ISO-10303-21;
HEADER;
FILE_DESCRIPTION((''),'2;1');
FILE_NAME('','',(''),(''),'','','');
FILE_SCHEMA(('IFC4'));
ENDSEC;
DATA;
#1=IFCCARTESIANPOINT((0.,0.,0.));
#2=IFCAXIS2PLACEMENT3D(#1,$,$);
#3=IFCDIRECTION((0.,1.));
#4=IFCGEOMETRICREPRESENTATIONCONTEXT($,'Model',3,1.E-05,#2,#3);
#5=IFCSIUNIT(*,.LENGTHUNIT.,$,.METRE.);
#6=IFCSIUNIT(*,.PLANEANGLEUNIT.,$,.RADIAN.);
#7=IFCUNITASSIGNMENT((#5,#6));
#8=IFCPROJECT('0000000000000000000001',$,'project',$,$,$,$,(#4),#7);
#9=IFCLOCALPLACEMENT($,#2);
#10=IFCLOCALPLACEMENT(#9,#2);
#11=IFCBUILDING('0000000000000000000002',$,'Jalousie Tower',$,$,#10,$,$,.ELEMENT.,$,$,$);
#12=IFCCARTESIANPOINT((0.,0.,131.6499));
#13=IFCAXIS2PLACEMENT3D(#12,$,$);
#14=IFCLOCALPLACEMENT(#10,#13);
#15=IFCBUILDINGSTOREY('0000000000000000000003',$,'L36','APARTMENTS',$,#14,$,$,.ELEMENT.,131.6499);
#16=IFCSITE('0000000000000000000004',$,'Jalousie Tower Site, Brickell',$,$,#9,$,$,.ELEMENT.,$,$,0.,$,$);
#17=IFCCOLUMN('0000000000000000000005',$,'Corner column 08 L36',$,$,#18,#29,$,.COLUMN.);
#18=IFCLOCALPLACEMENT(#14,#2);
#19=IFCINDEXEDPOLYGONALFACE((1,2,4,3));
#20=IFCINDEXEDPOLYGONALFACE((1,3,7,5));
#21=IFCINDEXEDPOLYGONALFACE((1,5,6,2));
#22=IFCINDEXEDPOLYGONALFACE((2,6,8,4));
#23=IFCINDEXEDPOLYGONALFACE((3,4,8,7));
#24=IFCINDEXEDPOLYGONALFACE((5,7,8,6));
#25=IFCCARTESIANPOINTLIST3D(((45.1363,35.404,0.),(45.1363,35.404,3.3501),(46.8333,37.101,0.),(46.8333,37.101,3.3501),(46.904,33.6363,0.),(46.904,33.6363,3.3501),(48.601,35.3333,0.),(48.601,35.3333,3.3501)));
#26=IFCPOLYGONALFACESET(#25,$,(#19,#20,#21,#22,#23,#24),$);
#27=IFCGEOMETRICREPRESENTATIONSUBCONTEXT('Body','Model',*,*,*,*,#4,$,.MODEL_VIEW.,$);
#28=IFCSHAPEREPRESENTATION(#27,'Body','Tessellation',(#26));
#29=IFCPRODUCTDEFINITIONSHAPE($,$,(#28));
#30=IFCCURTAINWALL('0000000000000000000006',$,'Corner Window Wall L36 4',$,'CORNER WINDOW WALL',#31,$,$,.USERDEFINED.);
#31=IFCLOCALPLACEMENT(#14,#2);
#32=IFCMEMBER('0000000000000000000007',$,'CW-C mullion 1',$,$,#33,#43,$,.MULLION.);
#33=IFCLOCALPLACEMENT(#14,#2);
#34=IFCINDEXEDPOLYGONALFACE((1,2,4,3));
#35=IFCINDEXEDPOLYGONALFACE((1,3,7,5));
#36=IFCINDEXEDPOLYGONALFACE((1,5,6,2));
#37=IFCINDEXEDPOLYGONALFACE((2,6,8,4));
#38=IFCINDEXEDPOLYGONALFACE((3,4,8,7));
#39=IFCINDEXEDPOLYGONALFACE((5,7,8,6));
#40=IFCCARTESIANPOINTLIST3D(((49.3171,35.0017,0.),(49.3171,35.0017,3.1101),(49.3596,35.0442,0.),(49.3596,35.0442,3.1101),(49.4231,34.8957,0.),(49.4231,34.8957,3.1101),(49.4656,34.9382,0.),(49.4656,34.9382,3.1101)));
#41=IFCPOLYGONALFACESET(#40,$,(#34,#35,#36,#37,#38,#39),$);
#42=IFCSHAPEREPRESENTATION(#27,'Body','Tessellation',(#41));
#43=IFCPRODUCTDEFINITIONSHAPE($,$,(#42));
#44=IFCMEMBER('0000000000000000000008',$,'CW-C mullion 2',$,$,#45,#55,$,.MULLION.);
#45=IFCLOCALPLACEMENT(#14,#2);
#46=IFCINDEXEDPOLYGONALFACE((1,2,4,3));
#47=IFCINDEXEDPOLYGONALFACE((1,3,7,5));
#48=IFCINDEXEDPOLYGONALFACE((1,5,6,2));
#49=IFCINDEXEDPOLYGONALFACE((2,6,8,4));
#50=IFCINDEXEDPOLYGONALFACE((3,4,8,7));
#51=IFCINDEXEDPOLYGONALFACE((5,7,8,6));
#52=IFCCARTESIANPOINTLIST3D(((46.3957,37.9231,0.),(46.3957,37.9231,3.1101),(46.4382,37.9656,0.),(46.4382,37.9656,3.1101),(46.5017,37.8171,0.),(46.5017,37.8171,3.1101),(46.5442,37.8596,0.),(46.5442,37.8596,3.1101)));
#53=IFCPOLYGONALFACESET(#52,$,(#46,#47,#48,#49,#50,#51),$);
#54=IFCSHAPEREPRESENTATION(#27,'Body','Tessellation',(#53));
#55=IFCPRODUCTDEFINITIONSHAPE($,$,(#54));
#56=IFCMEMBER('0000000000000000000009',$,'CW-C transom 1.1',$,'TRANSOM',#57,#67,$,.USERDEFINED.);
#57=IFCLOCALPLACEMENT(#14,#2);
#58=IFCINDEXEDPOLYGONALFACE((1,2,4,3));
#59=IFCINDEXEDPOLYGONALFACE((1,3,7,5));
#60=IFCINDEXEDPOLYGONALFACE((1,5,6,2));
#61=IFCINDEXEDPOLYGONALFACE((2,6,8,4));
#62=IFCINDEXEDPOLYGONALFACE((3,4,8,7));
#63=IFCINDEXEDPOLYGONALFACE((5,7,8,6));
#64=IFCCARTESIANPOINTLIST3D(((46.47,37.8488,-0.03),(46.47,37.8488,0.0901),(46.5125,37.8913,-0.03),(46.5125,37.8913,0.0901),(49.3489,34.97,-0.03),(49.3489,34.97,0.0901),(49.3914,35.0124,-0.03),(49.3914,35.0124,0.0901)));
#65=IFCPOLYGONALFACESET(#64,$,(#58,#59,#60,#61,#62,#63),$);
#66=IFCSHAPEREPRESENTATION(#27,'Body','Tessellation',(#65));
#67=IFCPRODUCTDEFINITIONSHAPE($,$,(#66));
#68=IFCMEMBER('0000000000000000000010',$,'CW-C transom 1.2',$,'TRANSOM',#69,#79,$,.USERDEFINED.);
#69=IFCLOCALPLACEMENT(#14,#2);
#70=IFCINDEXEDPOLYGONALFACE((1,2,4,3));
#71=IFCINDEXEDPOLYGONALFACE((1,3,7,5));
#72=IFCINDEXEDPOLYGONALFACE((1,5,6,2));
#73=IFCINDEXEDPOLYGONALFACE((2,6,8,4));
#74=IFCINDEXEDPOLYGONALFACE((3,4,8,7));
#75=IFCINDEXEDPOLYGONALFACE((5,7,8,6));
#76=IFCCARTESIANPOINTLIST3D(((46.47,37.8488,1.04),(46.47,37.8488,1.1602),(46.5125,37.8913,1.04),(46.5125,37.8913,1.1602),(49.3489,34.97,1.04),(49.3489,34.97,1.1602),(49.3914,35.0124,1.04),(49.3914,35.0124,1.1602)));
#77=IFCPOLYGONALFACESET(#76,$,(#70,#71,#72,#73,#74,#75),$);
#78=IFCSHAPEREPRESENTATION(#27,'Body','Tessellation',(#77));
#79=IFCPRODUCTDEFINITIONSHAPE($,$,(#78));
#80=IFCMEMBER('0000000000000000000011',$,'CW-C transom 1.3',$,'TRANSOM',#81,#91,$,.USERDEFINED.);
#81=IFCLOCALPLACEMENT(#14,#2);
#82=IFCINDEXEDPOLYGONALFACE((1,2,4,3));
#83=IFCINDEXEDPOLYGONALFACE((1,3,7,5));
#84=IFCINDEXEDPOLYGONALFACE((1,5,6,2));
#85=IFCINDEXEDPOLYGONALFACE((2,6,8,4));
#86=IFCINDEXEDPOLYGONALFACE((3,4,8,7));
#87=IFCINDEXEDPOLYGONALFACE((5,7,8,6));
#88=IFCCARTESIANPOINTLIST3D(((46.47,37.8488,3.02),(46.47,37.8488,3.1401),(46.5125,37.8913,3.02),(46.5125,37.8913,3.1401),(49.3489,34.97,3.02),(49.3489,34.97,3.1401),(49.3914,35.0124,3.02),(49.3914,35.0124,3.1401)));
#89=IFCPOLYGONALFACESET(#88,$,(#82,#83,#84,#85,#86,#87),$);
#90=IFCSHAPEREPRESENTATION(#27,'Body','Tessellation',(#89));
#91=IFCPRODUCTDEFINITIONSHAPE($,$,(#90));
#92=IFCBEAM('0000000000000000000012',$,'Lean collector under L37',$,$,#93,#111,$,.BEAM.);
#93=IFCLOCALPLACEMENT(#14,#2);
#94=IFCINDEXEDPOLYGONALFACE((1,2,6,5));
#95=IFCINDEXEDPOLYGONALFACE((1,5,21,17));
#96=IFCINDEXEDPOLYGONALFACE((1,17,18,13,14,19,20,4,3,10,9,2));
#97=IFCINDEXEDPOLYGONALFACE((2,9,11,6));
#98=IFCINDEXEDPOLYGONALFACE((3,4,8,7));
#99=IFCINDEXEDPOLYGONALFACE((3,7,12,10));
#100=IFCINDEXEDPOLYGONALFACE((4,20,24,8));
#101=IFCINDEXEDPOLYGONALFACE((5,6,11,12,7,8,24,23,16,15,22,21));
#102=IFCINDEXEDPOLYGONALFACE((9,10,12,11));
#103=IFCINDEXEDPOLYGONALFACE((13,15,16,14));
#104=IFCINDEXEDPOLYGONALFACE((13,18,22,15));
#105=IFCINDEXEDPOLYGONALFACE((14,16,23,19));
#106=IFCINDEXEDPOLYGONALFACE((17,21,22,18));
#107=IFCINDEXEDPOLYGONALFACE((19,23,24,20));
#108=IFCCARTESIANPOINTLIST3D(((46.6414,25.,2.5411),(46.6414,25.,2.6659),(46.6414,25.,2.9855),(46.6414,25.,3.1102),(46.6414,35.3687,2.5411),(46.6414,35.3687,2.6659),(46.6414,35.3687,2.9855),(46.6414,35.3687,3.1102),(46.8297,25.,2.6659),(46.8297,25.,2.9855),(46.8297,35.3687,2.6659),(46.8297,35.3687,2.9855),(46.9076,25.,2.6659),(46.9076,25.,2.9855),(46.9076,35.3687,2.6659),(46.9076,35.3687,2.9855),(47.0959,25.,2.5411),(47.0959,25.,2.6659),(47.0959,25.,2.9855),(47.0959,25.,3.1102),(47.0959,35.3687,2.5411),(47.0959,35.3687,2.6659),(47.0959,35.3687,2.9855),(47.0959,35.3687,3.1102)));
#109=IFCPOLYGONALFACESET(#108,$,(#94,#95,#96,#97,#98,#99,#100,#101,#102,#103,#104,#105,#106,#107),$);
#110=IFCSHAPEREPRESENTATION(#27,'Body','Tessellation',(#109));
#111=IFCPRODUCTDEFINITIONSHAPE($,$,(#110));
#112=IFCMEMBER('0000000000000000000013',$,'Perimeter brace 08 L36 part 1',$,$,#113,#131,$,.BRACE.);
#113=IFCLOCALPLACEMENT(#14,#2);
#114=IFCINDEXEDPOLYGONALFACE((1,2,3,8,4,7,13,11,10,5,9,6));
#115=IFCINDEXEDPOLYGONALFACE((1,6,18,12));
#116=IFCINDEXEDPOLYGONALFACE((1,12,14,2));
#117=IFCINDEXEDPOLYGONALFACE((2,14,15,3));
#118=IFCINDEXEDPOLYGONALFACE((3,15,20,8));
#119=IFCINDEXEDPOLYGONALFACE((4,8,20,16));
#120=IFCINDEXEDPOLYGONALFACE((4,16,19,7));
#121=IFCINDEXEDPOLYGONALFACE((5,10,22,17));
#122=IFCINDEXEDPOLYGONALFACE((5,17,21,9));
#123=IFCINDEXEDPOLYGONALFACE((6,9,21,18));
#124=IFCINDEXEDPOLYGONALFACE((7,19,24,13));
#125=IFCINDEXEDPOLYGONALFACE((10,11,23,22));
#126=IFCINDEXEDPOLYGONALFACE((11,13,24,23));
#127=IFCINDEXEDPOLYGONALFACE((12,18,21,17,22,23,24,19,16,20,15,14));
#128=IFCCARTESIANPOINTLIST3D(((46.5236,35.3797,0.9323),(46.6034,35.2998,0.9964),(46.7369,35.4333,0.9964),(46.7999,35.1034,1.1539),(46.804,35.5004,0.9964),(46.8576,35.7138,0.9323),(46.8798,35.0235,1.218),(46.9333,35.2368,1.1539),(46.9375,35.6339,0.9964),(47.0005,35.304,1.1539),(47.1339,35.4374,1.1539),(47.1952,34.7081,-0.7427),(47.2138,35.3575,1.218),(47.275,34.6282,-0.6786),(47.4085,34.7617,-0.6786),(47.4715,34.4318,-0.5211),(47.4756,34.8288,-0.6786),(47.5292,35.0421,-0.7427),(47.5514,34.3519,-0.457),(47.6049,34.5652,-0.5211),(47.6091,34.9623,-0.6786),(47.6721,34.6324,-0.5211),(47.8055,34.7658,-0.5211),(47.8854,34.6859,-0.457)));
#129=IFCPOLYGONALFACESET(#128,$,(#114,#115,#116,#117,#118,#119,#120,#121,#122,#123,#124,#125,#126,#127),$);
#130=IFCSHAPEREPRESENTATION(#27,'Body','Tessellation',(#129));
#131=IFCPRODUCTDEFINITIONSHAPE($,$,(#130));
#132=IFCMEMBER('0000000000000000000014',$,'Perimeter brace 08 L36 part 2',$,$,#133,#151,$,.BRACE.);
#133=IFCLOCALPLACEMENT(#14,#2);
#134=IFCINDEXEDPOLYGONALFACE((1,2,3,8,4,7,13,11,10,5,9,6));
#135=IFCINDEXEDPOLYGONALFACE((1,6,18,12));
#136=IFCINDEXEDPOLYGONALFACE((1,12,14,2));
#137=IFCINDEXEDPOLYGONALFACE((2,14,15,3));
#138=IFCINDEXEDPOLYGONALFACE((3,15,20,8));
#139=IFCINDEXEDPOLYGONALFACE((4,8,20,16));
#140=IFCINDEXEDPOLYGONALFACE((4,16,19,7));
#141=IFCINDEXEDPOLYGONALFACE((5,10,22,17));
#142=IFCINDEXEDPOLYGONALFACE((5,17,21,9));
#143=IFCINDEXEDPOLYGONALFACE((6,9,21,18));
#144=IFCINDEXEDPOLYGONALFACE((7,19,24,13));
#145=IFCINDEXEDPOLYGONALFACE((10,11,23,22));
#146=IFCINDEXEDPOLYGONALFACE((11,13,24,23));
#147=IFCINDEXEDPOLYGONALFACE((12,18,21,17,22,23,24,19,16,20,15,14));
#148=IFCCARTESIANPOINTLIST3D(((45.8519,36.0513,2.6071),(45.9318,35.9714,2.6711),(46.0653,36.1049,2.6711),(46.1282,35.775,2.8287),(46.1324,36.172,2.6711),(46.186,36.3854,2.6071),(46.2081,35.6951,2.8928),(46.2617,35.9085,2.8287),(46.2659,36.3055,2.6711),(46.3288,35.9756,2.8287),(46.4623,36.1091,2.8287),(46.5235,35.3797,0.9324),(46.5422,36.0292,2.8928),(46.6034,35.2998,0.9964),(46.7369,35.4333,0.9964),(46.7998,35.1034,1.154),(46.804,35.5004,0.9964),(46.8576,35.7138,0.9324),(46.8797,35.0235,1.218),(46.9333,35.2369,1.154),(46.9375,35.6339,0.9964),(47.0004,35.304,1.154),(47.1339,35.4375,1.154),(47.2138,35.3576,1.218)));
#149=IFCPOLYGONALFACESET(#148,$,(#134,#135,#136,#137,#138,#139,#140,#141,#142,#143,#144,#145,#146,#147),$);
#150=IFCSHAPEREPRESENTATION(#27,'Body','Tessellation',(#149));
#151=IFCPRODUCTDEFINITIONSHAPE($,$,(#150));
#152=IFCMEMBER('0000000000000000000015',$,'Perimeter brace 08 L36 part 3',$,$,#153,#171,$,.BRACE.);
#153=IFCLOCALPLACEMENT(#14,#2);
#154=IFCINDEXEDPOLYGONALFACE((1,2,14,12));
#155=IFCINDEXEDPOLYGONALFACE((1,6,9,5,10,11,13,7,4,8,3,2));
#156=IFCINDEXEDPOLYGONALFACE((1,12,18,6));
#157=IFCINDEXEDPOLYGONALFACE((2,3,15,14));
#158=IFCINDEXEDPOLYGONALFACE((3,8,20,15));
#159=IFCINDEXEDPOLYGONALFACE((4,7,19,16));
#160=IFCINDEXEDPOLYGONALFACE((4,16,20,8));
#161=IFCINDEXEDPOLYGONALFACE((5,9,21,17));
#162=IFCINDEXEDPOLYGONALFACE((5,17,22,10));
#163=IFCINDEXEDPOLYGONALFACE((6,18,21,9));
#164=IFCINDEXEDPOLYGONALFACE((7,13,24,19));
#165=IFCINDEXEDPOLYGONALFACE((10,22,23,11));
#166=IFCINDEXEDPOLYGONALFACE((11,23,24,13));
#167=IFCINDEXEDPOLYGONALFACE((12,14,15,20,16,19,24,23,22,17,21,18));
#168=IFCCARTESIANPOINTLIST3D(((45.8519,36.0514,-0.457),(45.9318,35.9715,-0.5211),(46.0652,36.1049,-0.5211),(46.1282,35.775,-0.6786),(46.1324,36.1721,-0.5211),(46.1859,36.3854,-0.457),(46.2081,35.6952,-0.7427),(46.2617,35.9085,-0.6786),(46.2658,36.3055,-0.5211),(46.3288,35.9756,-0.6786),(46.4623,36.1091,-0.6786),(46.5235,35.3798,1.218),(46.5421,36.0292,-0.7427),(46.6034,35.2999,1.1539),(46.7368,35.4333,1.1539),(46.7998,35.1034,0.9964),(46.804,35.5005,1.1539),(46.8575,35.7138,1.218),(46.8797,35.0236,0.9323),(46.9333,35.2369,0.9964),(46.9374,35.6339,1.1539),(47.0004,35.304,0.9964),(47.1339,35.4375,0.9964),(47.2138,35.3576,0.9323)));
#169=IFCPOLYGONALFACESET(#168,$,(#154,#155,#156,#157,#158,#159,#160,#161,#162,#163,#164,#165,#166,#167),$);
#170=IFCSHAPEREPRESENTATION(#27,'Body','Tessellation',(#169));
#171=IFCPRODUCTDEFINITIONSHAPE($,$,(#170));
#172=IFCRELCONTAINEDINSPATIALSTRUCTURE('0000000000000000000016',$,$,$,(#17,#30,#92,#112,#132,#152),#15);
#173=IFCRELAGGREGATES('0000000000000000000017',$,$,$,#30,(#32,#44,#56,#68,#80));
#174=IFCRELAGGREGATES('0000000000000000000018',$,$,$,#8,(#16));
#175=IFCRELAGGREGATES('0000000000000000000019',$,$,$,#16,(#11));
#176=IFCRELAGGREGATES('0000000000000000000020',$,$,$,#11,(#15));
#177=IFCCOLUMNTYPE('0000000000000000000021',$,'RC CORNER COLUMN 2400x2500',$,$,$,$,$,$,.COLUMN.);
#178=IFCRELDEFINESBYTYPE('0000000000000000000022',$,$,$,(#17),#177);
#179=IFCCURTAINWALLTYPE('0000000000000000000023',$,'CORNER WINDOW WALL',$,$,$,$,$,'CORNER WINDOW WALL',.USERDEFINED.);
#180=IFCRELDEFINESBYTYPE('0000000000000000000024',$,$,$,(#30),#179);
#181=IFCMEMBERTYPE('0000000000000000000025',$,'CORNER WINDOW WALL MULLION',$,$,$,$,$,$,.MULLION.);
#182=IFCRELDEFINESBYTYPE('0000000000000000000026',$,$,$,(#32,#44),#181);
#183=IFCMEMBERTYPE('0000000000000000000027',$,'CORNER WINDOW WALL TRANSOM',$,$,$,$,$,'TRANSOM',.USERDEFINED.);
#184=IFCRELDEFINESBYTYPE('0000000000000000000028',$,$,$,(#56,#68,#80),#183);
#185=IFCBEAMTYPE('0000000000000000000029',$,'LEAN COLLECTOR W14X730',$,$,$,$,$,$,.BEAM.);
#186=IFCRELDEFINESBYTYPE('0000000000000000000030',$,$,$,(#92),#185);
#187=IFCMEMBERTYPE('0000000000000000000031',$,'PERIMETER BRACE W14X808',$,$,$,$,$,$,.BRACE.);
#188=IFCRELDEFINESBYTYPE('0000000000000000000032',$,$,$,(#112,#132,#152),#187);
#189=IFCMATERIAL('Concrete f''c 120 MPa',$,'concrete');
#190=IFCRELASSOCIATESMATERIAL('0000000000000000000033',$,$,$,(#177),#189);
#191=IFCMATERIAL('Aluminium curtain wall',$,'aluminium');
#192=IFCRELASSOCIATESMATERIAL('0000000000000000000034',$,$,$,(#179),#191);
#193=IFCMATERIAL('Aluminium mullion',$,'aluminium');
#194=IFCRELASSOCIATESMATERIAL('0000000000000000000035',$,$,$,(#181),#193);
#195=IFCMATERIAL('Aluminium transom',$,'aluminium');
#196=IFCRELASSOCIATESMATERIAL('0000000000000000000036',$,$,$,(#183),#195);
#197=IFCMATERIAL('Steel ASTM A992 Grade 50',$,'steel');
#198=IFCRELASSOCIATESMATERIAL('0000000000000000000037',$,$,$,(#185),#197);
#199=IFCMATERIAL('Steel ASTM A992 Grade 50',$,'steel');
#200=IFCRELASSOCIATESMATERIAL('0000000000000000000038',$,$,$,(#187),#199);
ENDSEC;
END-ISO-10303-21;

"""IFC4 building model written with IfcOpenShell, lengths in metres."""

from ifc_helpers import new_model, si_unit, direction, frame, origin, origin_2d, place, context, subcontext, project, spatial, rectangle, i_section, extrude, material, material_profile, profile_set, type_object, element, aggregate, save


model = new_model("IFC4")

# Units and contexts
model_context = context("Model", 3, precision=1e-05, world=origin(), true_north=direction((0.0, 1.0)))
body_context = subcontext(model_context, "Body", "Model", "MODEL_VIEW")
ifc_project = project(units=[si_unit("LENGTHUNIT", "METRE"), si_unit("PLANEANGLEUNIT", "RADIAN")], contexts=[model_context])

# Site, building, storey
site_placement = place(None, origin())
site = spatial("IfcSite", under=ifc_project, at=site_placement, Name="Jalousie Tower Site, Brickell", CompositionType="ELEMENT", RefElevation=0.0)
building_placement = place(site_placement, origin())
building = spatial("IfcBuilding", under=site, at=building_placement, Name="Jalousie Tower", CompositionType="ELEMENT")
storey_placement = place(building_placement, frame((0.0, 0.0, 131.6499)))
storey = spatial("IfcBuildingStorey", under=building, at=storey_placement, Name="L36", Description="APARTMENTS", CompositionType="ELEMENT", Elevation=131.6499)

# Column
ifc_material_1 = material(Name="Concrete f'c 120 MPa", Category="concrete")
ifc_material_profile_1 = material_profile(ifc_material_1, rectangle(XDim=2.3999, YDim=2.5, at=origin_2d()), Name="RC 2400x2500")
ifc_profile_set_1 = profile_set([ifc_material_profile_1], Name="Concrete f'c 120 MPa")
column_type = type_object("IfcColumnType", Name="RC CORNER COLUMN 2400x2500", PredefinedType="COLUMN", material=ifc_profile_set_1)
column_placement = place(storey_placement, frame((46.8687, 35.3687, 0.0), z_axis=(0.0, 0.0, 1.0), x_axis=(-0.707107, -0.707107, 0.0)))
element("IfcColumn", 1, at=column_placement, inside=storey, type_object=column_type, Name="Corner column 08 L36", PredefinedType="COLUMN", context=body_context, shape_type="SweptSolid", body=[
    extrude(rectangle(XDim=2.3999, YDim=2.5, at=origin_2d()), origin(), (0.0, 0.0, 1.0), 3.3501),
])

# Curtain wall, members
ifc_material_2 = material(Name="Aluminium curtain wall", Category="aluminium")
curtain_wall_type_1 = type_object("IfcCurtainWallType", Name="CORNER WINDOW WALL", ElementType="CORNER WINDOW WALL", PredefinedType="USERDEFINED", material=ifc_material_2)
curtain_wall_1_placement = place(storey_placement, origin())
curtain_wall_1 = element("IfcCurtainWall", 2, at=curtain_wall_1_placement, inside=storey, type_object=curtain_wall_type_1, Name="Corner Window Wall L36 4", ObjectType="CORNER WINDOW WALL", PredefinedType="USERDEFINED")
ifc_material_3 = material(Name="Aluminium mullion", Category="aluminium")
ifc_material_profile_2 = material_profile(ifc_material_3, rectangle(XDim=0.0601, YDim=0.1499, at=origin_2d()), Name="MULLION 60x150")
ifc_profile_set_2 = profile_set([ifc_material_profile_2], Name="Aluminium mullion")
member_type_1 = type_object("IfcMemberType", Name="CORNER WINDOW WALL MULLION", PredefinedType="MULLION", material=ifc_profile_set_2)
member_1_placement = place(storey_placement, frame((49.3914, 34.97, 0.0), z_axis=(0.0, 0.0, 1.0), x_axis=(-0.707107, -0.707107, 0.0)))
member_1 = element("IfcMember", 3, at=member_1_placement, type_object=member_type_1, Name="CW-C mullion 1", PredefinedType="MULLION", context=body_context, shape_type="SweptSolid", body=[
    extrude(rectangle(XDim=0.0601, YDim=0.1499, at=origin_2d()), origin(), (0.0, 0.0, 1.0), 3.1101),
])
member_2_placement = place(storey_placement, frame((46.47, 37.8914, 0.0), z_axis=(0.0, 0.0, 1.0), x_axis=(-0.707107, -0.707107, 0.0)))
member_2 = element("IfcMember", 4, at=member_2_placement, type_object=member_type_1, Name="CW-C mullion 2", PredefinedType="MULLION", context=body_context, shape_type="SweptSolid", body=[
    extrude(rectangle(XDim=0.0601, YDim=0.1499, at=origin_2d()), origin(), (0.0, 0.0, 1.0), 3.1101),
])
ifc_material_4 = material(Name="Aluminium transom", Category="aluminium")
ifc_material_profile_3 = material_profile(ifc_material_4, rectangle(XDim=0.0601, YDim=0.1201, at=origin_2d()), Name="TRANSOM 60x120")
ifc_profile_set_3 = profile_set([ifc_material_profile_3], Name="Aluminium transom")
member_type_2 = type_object("IfcMemberType", Name="CORNER WINDOW WALL TRANSOM", ElementType="TRANSOM", PredefinedType="USERDEFINED", material=ifc_profile_set_3)
member_3_placement = place(storey_placement, frame((49.3701, 34.9912, 0.03), z_axis=(-0.707107, 0.707107, 0.0), x_axis=(-0.707107, -0.707107, 0.0)))
member_3 = element("IfcMember", 5, at=member_3_placement, type_object=member_type_2, Name="CW-C transom 1.1", ObjectType="TRANSOM", PredefinedType="USERDEFINED", context=body_context, shape_type="SweptSolid", body=[
    extrude(rectangle(XDim=0.0601, YDim=0.1201, at=origin_2d()), origin(), (0.0, 0.0, 1.0), 4.0713),
])
member_4_placement = place(storey_placement, frame((49.3701, 34.9912, 1.1001), z_axis=(-0.707107, 0.707107, 0.0), x_axis=(-0.707107, -0.707107, 0.0)))
member_4 = element("IfcMember", 6, at=member_4_placement, type_object=member_type_2, Name="CW-C transom 1.2", ObjectType="TRANSOM", PredefinedType="USERDEFINED", context=body_context, shape_type="SweptSolid", body=[
    extrude(rectangle(XDim=0.0601, YDim=0.1201, at=origin_2d()), origin(), (0.0, 0.0, 1.0), 4.0713),
])
member_5_placement = place(storey_placement, frame((49.3701, 34.9912, 3.0801), z_axis=(-0.707107, 0.707107, 0.0), x_axis=(-0.707107, -0.707107, 0.0)))
member_5 = element("IfcMember", 7, at=member_5_placement, type_object=member_type_2, Name="CW-C transom 1.3", ObjectType="TRANSOM", PredefinedType="USERDEFINED", context=body_context, shape_type="SweptSolid", body=[
    extrude(rectangle(XDim=0.0601, YDim=0.1201, at=origin_2d()), origin(), (0.0, 0.0, 1.0), 4.0713),
])

# Beam
ifc_material_5 = material(Name="Steel ASTM A992 Grade 50", Category="steel")
ifc_material_profile_4 = material_profile(ifc_material_5, i_section(OverallWidth=0.4546, OverallDepth=0.5691, WebThickness=0.0779, FlangeThickness=0.1248, at=origin_2d()), Name="W14X730")
ifc_profile_set_4 = profile_set([ifc_material_profile_4], Name="Steel ASTM A992 Grade 50")
beam_type_1 = type_object("IfcBeamType", Name="LEAN COLLECTOR W14X730", PredefinedType="BEAM", material=ifc_profile_set_4)
beam_1_placement = place(storey_placement, frame((46.8687, 35.3687, 2.8257), z_axis=(0.0, -1.0, 0.0), x_axis=(1.0, 0.0, 0.0)))
element("IfcBeam", 8, at=beam_1_placement, inside=storey, type_object=beam_type_1, Name="Lean collector under L37", PredefinedType="BEAM", context=body_context, shape_type="SweptSolid", body=[
    extrude(i_section(OverallWidth=0.4546, OverallDepth=0.5691, WebThickness=0.0779, FlangeThickness=0.1248, at=origin_2d()), origin(), (0.0, 0.0, 1.0), 10.3687),
])

# Members
ifc_material_6 = material(Name="Steel ASTM A992 Grade 50", Category="steel")
ifc_material_profile_5 = material_profile(ifc_material_6, i_section(OverallWidth=0.4724, OverallDepth=0.5791, WebThickness=0.095, FlangeThickness=0.1299, at=origin_2d()), Name="W14X808")
ifc_profile_set_5 = profile_set([ifc_material_profile_5], Name="Steel ASTM A992 Grade 50")
member_type_3 = type_object("IfcMemberType", Name="PERIMETER BRACE W14X808", PredefinedType="BRACE", material=ifc_profile_set_5)
member_6_placement = place(storey_placement, frame((47.5403, 34.697, -0.5999), z_axis=(-0.348789, 0.348789, 0.869881), x_axis=(-0.707107, -0.707107, 0.0)))
element("IfcMember", 9, at=member_6_placement, inside=storey, type_object=member_type_3, Name="Perimeter brace 08 L36 part 1", PredefinedType="BRACE", context=body_context, shape_type="SweptSolid", body=[
    extrude(i_section(OverallWidth=0.4724, OverallDepth=0.5791, WebThickness=0.095, FlangeThickness=0.1299, at=origin_2d()), origin(), (0.0, 0.0, 1.0), 1.9255),
])
member_7_placement = place(storey_placement, frame((46.8687, 35.3687, 1.0752), z_axis=(-0.348828, 0.348828, 0.86985), x_axis=(-0.707107, -0.707107, 0.0)))
element("IfcMember", 10, at=member_7_placement, inside=storey, type_object=member_type_3, Name="Perimeter brace 08 L36 part 2", PredefinedType="BRACE", context=body_context, shape_type="SweptSolid", body=[
    extrude(i_section(OverallWidth=0.4724, OverallDepth=0.5791, WebThickness=0.095, FlangeThickness=0.1299, at=origin_2d()), origin(), (0.0, 0.0, 1.0), 1.9253),
])
member_8_placement = place(storey_placement, frame((46.197, 36.0403, -0.5999), z_axis=(0.348789, -0.348789, 0.869881), x_axis=(0.707107, 0.707107, 0.0)))
element("IfcMember", 11, at=member_8_placement, inside=storey, type_object=member_type_3, Name="Perimeter brace 08 L36 part 3", PredefinedType="BRACE", context=body_context, shape_type="SweptSolid", body=[
    extrude(i_section(OverallWidth=0.4724, OverallDepth=0.5791, WebThickness=0.095, FlangeThickness=0.1299, at=origin_2d()), origin(), (0.0, 0.0, 1.0), 1.9255),
])

aggregate(curtain_wall_1, [member_1, member_2, member_3, member_4, member_5])

save(model, "model.ifc")
